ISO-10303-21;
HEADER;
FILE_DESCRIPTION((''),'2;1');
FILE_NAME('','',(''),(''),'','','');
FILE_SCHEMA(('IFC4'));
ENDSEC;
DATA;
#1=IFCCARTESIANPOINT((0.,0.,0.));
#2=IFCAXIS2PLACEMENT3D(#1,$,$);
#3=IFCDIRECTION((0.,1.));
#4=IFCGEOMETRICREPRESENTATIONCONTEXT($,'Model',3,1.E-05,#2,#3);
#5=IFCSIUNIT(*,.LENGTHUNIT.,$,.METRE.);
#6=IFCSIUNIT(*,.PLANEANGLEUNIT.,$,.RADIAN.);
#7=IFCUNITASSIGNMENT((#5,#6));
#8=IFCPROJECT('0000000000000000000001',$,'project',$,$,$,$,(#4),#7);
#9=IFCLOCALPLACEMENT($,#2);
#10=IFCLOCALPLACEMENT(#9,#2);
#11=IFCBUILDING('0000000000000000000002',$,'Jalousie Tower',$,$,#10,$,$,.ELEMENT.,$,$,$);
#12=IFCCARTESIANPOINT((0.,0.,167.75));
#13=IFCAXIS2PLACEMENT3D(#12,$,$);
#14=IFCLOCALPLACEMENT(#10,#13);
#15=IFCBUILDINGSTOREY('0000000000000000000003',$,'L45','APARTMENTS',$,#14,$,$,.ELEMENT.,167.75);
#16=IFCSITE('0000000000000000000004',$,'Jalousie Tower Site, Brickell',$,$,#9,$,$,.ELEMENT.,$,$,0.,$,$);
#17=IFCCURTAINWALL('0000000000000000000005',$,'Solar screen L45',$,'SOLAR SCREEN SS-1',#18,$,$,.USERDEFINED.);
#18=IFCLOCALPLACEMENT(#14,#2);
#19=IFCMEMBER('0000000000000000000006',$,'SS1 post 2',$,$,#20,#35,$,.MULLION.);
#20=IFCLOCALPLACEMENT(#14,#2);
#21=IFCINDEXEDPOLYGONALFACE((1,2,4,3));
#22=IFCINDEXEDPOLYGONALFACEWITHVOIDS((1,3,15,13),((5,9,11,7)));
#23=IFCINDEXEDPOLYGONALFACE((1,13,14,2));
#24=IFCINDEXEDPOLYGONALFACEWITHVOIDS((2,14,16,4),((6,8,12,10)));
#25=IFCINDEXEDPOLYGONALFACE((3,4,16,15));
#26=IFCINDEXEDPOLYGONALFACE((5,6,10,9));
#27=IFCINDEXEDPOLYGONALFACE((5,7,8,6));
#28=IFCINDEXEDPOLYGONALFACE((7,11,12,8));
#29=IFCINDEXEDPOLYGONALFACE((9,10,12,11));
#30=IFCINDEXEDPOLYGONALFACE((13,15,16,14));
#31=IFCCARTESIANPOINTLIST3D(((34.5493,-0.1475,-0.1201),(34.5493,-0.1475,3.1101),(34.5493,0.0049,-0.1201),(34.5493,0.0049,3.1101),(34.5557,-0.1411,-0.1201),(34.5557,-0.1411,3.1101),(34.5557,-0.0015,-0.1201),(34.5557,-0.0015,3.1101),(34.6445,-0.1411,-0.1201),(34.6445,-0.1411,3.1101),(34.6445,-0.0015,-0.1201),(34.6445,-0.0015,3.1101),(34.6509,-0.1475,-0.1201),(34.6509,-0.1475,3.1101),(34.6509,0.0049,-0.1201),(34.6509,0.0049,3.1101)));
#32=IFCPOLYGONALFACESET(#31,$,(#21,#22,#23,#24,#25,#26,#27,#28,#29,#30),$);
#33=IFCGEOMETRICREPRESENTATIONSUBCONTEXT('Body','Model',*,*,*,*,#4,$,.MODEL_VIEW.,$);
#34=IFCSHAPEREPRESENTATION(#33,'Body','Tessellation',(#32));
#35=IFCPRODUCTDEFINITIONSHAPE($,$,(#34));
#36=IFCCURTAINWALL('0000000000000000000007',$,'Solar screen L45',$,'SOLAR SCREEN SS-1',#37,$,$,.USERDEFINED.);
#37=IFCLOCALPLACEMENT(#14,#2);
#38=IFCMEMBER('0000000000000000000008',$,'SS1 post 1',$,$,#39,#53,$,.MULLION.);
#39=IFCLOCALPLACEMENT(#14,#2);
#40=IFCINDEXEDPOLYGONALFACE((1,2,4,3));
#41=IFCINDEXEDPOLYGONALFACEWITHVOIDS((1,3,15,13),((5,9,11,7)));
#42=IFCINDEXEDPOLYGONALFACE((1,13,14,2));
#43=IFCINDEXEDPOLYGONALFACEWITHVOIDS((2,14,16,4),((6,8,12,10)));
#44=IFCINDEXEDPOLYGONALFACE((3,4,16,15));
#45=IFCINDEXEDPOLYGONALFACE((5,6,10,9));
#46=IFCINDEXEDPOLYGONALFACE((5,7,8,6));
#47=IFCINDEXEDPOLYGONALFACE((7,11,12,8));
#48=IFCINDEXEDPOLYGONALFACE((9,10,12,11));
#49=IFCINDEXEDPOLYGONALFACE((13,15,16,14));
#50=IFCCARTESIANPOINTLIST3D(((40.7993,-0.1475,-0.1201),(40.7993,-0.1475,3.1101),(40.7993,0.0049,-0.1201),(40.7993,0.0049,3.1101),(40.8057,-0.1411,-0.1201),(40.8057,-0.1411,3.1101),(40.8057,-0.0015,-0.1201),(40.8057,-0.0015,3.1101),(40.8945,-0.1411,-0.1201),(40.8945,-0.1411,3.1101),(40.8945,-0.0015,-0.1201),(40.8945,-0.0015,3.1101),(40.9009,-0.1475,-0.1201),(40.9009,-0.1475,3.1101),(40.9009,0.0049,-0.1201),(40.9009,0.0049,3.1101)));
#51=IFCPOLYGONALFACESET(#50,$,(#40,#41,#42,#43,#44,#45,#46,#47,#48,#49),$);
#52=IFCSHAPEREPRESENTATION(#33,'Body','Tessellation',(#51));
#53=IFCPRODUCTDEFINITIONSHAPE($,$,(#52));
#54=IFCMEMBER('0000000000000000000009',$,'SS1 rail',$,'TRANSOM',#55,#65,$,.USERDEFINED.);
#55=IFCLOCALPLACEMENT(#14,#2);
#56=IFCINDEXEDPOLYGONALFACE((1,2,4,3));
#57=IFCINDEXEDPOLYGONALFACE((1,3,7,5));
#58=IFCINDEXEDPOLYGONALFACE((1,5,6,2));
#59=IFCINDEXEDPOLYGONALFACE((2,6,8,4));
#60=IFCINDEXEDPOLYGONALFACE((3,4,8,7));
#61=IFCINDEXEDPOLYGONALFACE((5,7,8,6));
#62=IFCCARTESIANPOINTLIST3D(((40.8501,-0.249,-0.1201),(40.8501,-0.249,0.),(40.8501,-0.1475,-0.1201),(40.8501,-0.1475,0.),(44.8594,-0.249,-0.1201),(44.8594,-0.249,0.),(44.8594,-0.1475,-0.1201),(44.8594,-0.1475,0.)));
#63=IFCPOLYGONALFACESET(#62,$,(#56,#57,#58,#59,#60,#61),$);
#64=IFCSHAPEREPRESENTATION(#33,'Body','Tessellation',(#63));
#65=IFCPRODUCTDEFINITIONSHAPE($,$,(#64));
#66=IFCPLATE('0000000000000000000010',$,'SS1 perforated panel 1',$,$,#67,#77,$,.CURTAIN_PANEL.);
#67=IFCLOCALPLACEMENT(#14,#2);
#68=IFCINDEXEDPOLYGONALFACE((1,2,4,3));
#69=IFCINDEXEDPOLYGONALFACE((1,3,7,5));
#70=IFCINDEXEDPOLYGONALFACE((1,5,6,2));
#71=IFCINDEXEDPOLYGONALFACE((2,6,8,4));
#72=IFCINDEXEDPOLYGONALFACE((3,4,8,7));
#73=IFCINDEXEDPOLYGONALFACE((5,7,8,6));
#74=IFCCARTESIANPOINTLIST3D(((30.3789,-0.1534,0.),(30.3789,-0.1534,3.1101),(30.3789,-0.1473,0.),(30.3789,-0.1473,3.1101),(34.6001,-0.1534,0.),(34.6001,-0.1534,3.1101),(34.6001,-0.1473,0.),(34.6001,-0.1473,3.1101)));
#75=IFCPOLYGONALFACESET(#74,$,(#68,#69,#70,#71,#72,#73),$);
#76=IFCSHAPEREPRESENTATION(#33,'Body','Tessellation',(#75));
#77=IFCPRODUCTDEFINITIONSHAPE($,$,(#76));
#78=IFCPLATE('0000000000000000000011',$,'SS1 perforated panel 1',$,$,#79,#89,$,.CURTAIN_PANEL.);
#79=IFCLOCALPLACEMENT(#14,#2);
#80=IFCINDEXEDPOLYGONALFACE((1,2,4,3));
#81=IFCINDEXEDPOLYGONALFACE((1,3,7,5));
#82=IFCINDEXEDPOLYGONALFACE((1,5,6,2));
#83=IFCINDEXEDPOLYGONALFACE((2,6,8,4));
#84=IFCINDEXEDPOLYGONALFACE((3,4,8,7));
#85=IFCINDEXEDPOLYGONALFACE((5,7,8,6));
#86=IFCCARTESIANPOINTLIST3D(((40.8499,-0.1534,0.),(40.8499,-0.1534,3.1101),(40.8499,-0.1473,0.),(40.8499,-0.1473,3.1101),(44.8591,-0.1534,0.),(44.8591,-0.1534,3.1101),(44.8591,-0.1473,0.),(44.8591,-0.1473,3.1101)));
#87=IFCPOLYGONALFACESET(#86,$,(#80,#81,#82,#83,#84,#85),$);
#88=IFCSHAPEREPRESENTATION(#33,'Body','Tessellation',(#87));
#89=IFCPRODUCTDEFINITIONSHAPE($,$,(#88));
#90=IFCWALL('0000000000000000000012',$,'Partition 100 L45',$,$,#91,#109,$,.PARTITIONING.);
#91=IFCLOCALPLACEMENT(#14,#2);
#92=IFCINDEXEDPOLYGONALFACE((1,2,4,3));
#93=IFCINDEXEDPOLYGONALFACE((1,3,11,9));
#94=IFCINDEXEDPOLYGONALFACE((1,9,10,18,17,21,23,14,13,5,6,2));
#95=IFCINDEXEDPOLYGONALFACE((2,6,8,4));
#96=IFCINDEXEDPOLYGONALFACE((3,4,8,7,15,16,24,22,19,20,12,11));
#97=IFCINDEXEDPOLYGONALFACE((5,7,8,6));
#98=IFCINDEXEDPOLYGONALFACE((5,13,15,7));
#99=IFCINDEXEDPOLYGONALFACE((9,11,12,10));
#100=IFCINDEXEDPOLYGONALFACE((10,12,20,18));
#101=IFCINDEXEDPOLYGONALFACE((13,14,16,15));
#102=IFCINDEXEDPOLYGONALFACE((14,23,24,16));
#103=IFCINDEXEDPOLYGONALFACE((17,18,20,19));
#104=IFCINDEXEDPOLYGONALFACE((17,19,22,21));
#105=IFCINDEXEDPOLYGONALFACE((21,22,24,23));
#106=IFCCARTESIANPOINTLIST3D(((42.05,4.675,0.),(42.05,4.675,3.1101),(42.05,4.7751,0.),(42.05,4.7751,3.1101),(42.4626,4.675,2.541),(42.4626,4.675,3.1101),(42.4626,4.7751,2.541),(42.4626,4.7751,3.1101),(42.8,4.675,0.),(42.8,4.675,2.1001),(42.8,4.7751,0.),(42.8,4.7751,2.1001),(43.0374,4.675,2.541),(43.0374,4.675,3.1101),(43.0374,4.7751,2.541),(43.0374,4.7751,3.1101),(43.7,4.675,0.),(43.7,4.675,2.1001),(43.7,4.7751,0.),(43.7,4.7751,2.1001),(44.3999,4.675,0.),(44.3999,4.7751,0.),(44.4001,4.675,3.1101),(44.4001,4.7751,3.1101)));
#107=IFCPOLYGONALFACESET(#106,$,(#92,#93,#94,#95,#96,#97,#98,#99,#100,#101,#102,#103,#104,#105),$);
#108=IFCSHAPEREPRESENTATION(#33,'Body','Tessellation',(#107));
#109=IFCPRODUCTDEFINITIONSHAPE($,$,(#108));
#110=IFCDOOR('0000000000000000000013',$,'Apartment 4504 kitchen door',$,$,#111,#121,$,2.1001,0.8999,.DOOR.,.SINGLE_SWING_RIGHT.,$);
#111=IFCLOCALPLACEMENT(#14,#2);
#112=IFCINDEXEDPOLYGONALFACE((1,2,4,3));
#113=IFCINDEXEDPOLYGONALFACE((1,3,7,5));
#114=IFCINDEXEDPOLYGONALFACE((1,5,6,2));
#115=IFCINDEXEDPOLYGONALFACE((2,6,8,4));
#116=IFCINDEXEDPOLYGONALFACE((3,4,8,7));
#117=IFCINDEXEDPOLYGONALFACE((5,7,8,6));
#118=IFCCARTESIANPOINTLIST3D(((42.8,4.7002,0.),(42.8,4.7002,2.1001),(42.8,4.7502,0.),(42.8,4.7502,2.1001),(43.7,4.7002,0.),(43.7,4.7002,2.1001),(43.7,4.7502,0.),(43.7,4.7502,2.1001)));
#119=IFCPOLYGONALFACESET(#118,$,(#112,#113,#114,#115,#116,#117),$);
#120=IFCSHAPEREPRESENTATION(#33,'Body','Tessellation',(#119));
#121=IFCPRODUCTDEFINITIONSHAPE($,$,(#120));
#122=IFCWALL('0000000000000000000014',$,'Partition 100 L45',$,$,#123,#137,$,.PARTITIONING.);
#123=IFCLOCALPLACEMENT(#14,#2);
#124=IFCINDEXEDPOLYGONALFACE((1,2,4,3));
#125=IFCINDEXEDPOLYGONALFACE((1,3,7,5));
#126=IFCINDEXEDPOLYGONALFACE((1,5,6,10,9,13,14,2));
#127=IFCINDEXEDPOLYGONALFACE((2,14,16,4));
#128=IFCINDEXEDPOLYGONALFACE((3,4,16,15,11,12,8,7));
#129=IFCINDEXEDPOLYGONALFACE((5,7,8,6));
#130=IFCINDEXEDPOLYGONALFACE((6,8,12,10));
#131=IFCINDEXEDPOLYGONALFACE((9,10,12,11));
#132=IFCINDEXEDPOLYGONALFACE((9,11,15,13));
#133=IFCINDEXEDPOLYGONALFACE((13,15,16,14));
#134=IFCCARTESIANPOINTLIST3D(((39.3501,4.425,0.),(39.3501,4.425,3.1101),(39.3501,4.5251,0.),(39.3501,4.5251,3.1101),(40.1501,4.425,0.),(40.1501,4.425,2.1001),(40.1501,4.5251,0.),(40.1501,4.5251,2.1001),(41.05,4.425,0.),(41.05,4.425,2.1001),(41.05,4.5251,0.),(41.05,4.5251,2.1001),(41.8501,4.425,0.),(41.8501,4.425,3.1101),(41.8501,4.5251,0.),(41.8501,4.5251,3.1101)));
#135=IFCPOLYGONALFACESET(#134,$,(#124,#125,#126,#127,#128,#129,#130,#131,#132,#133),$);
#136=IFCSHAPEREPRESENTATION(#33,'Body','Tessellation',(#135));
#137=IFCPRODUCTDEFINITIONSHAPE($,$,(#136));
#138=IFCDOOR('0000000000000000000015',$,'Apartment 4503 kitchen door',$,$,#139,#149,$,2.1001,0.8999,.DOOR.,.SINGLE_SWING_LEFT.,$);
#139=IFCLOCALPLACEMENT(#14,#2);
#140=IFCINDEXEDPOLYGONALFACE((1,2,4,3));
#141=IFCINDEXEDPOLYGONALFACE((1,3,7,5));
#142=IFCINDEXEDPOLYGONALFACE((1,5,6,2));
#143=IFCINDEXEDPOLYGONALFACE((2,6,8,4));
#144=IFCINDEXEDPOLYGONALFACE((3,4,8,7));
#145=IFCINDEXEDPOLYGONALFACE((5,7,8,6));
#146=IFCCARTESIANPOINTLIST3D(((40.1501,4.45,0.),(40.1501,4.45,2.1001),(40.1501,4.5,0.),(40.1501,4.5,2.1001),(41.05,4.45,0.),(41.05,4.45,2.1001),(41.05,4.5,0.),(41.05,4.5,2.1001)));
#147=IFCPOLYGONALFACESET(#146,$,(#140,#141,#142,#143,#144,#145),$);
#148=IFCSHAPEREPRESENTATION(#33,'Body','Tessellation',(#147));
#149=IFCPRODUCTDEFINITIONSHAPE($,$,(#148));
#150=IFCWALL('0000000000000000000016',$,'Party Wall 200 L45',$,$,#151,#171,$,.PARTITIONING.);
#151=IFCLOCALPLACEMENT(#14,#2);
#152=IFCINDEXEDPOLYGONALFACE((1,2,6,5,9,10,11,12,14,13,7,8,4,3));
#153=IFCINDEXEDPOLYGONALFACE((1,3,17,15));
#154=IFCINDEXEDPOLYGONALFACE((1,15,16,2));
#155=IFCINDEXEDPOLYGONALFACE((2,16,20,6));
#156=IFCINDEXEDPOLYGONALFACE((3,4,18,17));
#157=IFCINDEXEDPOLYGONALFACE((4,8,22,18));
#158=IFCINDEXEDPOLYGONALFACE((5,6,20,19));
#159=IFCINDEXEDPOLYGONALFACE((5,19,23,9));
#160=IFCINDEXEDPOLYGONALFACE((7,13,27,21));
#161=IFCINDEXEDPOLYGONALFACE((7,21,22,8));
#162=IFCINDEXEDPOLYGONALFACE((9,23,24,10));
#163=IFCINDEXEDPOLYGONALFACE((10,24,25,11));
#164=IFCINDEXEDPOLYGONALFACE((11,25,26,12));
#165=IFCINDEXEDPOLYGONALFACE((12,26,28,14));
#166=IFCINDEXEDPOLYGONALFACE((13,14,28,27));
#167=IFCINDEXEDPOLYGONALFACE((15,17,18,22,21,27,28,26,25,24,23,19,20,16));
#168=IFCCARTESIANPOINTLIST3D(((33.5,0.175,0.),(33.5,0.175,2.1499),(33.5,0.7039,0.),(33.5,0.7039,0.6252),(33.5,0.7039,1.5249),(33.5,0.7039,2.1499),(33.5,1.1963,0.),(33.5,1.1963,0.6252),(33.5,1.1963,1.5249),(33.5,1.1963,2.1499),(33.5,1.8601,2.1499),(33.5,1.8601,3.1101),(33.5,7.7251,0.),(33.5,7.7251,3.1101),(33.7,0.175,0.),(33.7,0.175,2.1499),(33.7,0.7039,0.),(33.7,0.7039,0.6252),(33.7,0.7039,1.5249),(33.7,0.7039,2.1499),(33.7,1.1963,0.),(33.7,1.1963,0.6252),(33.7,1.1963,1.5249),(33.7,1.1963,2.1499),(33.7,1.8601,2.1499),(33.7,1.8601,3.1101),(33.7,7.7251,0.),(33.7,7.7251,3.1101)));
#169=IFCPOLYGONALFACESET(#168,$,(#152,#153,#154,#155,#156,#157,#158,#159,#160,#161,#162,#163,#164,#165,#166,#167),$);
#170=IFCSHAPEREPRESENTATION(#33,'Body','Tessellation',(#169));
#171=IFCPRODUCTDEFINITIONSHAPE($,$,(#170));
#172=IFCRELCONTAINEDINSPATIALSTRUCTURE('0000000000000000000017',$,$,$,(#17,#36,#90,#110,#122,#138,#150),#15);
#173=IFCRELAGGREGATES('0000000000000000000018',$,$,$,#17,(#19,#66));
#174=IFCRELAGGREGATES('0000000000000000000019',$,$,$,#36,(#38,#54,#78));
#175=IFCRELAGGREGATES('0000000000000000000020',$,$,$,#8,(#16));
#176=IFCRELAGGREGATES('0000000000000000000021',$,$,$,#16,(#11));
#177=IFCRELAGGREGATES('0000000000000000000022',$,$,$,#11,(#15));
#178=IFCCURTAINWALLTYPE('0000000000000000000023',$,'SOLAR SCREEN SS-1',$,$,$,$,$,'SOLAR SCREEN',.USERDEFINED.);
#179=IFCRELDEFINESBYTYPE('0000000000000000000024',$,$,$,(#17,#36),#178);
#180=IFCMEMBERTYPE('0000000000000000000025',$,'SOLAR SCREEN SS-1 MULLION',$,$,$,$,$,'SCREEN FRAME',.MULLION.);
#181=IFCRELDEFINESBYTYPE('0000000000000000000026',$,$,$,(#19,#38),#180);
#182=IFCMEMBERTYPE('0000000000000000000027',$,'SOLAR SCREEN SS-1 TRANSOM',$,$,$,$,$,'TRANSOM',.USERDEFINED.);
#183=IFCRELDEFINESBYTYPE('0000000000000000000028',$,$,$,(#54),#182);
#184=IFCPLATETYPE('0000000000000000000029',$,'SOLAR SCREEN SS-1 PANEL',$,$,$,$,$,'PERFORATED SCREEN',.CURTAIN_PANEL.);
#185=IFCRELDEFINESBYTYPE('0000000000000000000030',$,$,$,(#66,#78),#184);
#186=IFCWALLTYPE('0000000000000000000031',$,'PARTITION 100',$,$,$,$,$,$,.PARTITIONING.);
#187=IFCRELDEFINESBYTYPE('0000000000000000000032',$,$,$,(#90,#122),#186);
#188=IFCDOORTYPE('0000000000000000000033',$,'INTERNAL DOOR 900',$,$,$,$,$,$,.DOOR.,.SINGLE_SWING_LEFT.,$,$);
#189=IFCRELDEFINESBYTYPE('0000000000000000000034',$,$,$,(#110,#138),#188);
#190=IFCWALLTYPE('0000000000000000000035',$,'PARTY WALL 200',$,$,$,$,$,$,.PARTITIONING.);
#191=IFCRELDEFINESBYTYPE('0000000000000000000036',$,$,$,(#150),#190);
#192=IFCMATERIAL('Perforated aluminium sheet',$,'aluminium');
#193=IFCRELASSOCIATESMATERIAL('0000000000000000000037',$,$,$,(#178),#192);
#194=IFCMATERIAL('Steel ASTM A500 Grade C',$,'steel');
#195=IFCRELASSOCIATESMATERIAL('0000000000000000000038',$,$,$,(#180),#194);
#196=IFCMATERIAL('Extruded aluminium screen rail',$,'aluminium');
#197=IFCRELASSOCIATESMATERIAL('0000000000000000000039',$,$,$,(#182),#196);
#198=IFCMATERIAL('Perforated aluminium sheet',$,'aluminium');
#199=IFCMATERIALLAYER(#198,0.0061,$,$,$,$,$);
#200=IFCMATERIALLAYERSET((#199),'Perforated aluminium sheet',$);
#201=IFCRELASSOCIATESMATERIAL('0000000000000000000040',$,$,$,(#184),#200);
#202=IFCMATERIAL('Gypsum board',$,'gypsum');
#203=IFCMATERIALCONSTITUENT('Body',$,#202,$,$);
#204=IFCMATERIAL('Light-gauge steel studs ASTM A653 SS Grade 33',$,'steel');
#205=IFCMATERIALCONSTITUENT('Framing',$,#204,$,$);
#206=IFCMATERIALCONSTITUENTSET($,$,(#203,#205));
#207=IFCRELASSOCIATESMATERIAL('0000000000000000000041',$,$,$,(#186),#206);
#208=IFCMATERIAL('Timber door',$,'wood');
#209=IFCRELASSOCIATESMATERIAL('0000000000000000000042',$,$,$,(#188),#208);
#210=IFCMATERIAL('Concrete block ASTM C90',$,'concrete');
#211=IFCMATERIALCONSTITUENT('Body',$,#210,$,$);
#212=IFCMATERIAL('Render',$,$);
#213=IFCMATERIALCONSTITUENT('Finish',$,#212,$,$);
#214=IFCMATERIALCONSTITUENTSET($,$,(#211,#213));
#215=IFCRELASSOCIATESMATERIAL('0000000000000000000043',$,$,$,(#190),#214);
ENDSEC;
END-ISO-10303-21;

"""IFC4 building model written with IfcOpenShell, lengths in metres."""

from ifc_helpers import new_model, si_unit, direction, frame, frame_2d, origin, origin_2d, place, context, subcontext, project, spatial, polyline, rectangle, hollow_rectangle, outline, extrude, material, layer, layer_set, constituent, constituent_set, material_profile, profile_set, type_object, element, fill, aggregate, save


model = new_model("IFC4")

# Units and contexts
model_context = context("Model", 3, precision=1e-05, world=origin(), true_north=direction((0.0, 1.0)))
body_context = subcontext(model_context, "Body", "Model", "MODEL_VIEW")
ifc_project = project(units=[si_unit("LENGTHUNIT", "METRE"), si_unit("PLANEANGLEUNIT", "RADIAN")], contexts=[model_context])

# Site, building, storey
site_placement = place(None, origin())
site = spatial("IfcSite", under=ifc_project, at=site_placement, Name="Jalousie Tower Site, Brickell", CompositionType="ELEMENT", RefElevation=0.0)
building_placement = place(site_placement, origin())
building = spatial("IfcBuilding", under=site, at=building_placement, Name="Jalousie Tower", CompositionType="ELEMENT")
storey_placement = place(building_placement, frame((0.0, 0.0, 167.75)))
storey = spatial("IfcBuildingStorey", under=building, at=storey_placement, Name="L45", Description="APARTMENTS", CompositionType="ELEMENT", Elevation=167.75)

# Curtain wall, member
ifc_material_1 = material(Name="Perforated aluminium sheet", Category="aluminium")
curtain_wall_type = type_object("IfcCurtainWallType", Name="SOLAR SCREEN SS-1", ElementType="SOLAR SCREEN", PredefinedType="USERDEFINED", material=ifc_material_1)
curtain_wall_1_placement = place(storey_placement, origin())
curtain_wall_1 = element("IfcCurtainWall", 1, at=curtain_wall_1_placement, inside=storey, type_object=curtain_wall_type, Name="Solar screen L45", ObjectType="SOLAR SCREEN SS-1", PredefinedType="USERDEFINED")
ifc_material_2 = material(Name="Steel ASTM A500 Grade C", Category="steel")
ifc_material_profile_1 = material_profile(ifc_material_2, hollow_rectangle(XDim=0.1016, YDim=0.1523, WallThickness=0.0063, at=origin_2d()), Name="HSS6X4X1/4")
ifc_profile_set_1 = profile_set([ifc_material_profile_1], Name="Steel ASTM A500 Grade C")
member_type_1 = type_object("IfcMemberType", Name="SOLAR SCREEN SS-1 MULLION", ElementType="SCREEN FRAME", PredefinedType="MULLION", material=ifc_profile_set_1)
member_1_placement = place(storey_placement, frame((34.6001, -0.0713, -0.1201), z_axis=(0.0, 0.0, 1.0), x_axis=(1.0, 0.0, 0.0)))
member_1 = element("IfcMember", 2, at=member_1_placement, type_object=member_type_1, Name="SS1 post 2", PredefinedType="MULLION", context=body_context, shape_type="SweptSolid", body=[
    extrude(hollow_rectangle(XDim=0.1016, YDim=0.1523, WallThickness=0.0063, at=origin_2d()), origin(), (0.0, 0.0, 1.0), 3.2302),
])

# Curtain wall, members
curtain_wall_2_placement = place(storey_placement, origin())
curtain_wall_2 = element("IfcCurtainWall", 3, at=curtain_wall_2_placement, inside=storey, type_object=curtain_wall_type, Name="Solar screen L45", ObjectType="SOLAR SCREEN SS-1", PredefinedType="USERDEFINED")
member_2_placement = place(storey_placement, frame((40.8501, -0.0713, -0.1201), z_axis=(0.0, 0.0, 1.0), x_axis=(1.0, 0.0, 0.0)))
member_2 = element("IfcMember", 4, at=member_2_placement, type_object=member_type_1, Name="SS1 post 1", PredefinedType="MULLION", context=body_context, shape_type="SweptSolid", body=[
    extrude(hollow_rectangle(XDim=0.1016, YDim=0.1523, WallThickness=0.0063, at=origin_2d()), origin(), (0.0, 0.0, 1.0), 3.2302),
])
ifc_material_3 = material(Name="Extruded aluminium screen rail", Category="aluminium")
ifc_material_profile_2 = material_profile(ifc_material_3, rectangle(XDim=0.1016, YDim=0.1201, at=origin_2d()), Name="RAIL 102x120")
ifc_profile_set_2 = profile_set([ifc_material_profile_2], Name="Extruded aluminium screen rail")
member_type_2 = type_object("IfcMemberType", Name="SOLAR SCREEN SS-1 TRANSOM", ElementType="TRANSOM", PredefinedType="USERDEFINED", material=ifc_profile_set_2)
member_3_placement = place(storey_placement, frame((40.8501, -0.1982, -0.0601), z_axis=(1.0, 0.0, 0.0), x_axis=(0.0, 1.0, 0.0)))
member_3 = element("IfcMember", 5, at=member_3_placement, type_object=member_type_2, Name="SS1 rail", ObjectType="TRANSOM", PredefinedType="USERDEFINED", context=body_context, shape_type="SweptSolid", body=[
    extrude(rectangle(XDim=0.1016, YDim=0.1201, at=origin_2d()), origin(), (0.0, 0.0, 1.0), 4.0093),
])

# Plates
ifc_material_4 = material(Name="Perforated aluminium sheet", Category="aluminium")
ifc_layer_1 = layer(ifc_material_4, 0.0061)
ifc_layer_set_1 = layer_set([ifc_layer_1], Name="Perforated aluminium sheet")
plate_type = type_object("IfcPlateType", Name="SOLAR SCREEN SS-1 PANEL", ElementType="PERFORATED SCREEN", PredefinedType="CURTAIN_PANEL", material=ifc_layer_set_1)
plate_1_placement = place(storey_placement, frame((32.4895, -0.1504, 0.0), z_axis=(0.0, 0.0, 1.0), x_axis=(1.0, 0.0, 0.0)))
plate_1 = element("IfcPlate", 6, at=plate_1_placement, type_object=plate_type, Name="SS1 perforated panel 1", PredefinedType="CURTAIN_PANEL", context=body_context, shape_type="SweptSolid", body=[
    extrude(rectangle(XDim=4.2212, YDim=0.0061, at=origin_2d()), origin(), (0.0, 0.0, 1.0), 3.1101),
])
aggregate(curtain_wall_1, [member_1, plate_1])
plate_2_placement = place(storey_placement, frame((42.8545, -0.1504, 0.0), z_axis=(0.0, 0.0, 1.0), x_axis=(1.0, 0.0, 0.0)))
plate_2 = element("IfcPlate", 7, at=plate_2_placement, type_object=plate_type, Name="SS1 perforated panel 1", PredefinedType="CURTAIN_PANEL", context=body_context, shape_type="SweptSolid", body=[
    extrude(rectangle(XDim=4.0093, YDim=0.0061, at=origin_2d()), origin(), (0.0, 0.0, 1.0), 3.1101),
])
aggregate(curtain_wall_2, [member_2, member_3, plate_2])

# Walls, openings, doors
ifc_material_5 = material(Name="Gypsum board", Category="gypsum")
ifc_constituent_1 = constituent(ifc_material_5, Name="Body")
ifc_material_6 = material(Name="Light-gauge steel studs ASTM A653 SS Grade 33", Category="steel")
ifc_constituent_2 = constituent(ifc_material_6, Name="Framing")
ifc_constituent_set_1 = constituent_set(constituents=[ifc_constituent_1, ifc_constituent_2])
wall_type_1 = type_object("IfcWallType", Name="PARTITION 100", PredefinedType="PARTITIONING", material=ifc_constituent_set_1)
wall_1_placement = place(storey_placement, frame((42.05, 4.7251, 0.0), z_axis=(0.0, 0.0, 1.0), x_axis=(1.0, 0.0, 0.0)))
wall_1 = element("IfcWall", 8, at=wall_1_placement, inside=storey, type_object=wall_type_1, Name="Partition 100 L45", PredefinedType="PARTITIONING", context=body_context, shape_type="SweptSolid", body=[
    extrude(outline(polyline([(0.0, 0.0), (2.3499, 0.0), (2.3501, 3.1101), (0.9873, 3.1101), (0.9873, 2.541), (0.4126, 2.541), (0.4126, 3.1101), (0.0, 3.1101), (0.0, 0.0)])), frame((0.0, 0.05, 0.0), z_axis=(0.0, -1.0, 0.0), x_axis=(1.0, 0.0, 0.0)), (0.0, 0.0, 1.0), 0.1001),
])
opening_1_placement = place(wall_1_placement, frame((0.75, 0.0, 0.0)))
opening_1 = element("IfcOpeningElement", 9, at=opening_1_placement, cuts=wall_1, PredefinedType="OPENING", context=body_context, shape_type="SweptSolid", body=[
    extrude(rectangle(XDim=0.8999, YDim=2.1001, at=frame_2d((0.45, 1.05))), frame((0.0, 0.0601, 0.0), z_axis=(0.0, -1.0, 0.0), x_axis=(1.0, 0.0, 0.0)), (0.0, 0.0, 1.0), 0.1201),
])
ifc_material_7 = material(Name="Timber door", Category="wood")
door_type = type_object("IfcDoorType", Name="INTERNAL DOOR 900", OperationType="SINGLE_SWING_LEFT", PredefinedType="DOOR", material=ifc_material_7)
door_1_placement = place(opening_1_placement, frame((0.8999, 0.0, 0.0), z_axis=(0.0, 0.0, 1.0), x_axis=(-1.0, 0.0, 0.0)))
door_1 = element("IfcDoor", 10, at=door_1_placement, inside=storey, type_object=door_type, Name="Apartment 4504 kitchen door", OperationType="SINGLE_SWING_RIGHT", OverallHeight=2.1001, OverallWidth=0.8999, PredefinedType="DOOR", context=body_context, shape_type="SweptSolid", body=[
    extrude(rectangle(XDim=0.8999, YDim=2.1001, at=frame_2d((0.45, 1.05))), frame((0.0, 0.0249, 0.0), z_axis=(0.0, -1.0, 0.0), x_axis=(1.0, 0.0, 0.0)), (0.0, 0.0, 1.0), 0.05),
])
fill(opening_1, door_1)
wall_2_placement = place(storey_placement, frame((41.8501, 4.4751, 0.0), z_axis=(0.0, 0.0, 1.0), x_axis=(-1.0, 0.0, 0.0)))
wall_2 = element("IfcWall", 11, at=wall_2_placement, inside=storey, type_object=wall_type_1, Name="Partition 100 L45", PredefinedType="PARTITIONING", context=body_context, shape_type="SweptSolid", body=[
    extrude(rectangle(XDim=2.5, YDim=0.1001, at=frame_2d((1.25, 0.0))), origin(), (0.0, 0.0, 1.0), 3.1101),
])
opening_2_placement = place(wall_2_placement, frame((0.8, 0.0, 0.0)))
opening_2 = element("IfcOpeningElement", 12, at=opening_2_placement, cuts=wall_2, PredefinedType="OPENING", context=body_context, shape_type="SweptSolid", body=[
    extrude(rectangle(XDim=0.8999, YDim=2.1001, at=frame_2d((0.45, 1.05))), frame((0.0, 0.0601, 0.0), z_axis=(0.0, -1.0, 0.0), x_axis=(1.0, 0.0, 0.0)), (0.0, 0.0, 1.0), 0.1201),
])
door_2_placement = place(opening_2_placement, frame((0.8999, 0.0, 0.0), z_axis=(0.0, 0.0, 1.0), x_axis=(-1.0, 0.0, 0.0)))
door_2 = element("IfcDoor", 13, at=door_2_placement, inside=storey, type_object=door_type, Name="Apartment 4503 kitchen door", OperationType="SINGLE_SWING_LEFT", OverallHeight=2.1001, OverallWidth=0.8999, PredefinedType="DOOR", context=body_context, shape_type="SweptSolid", body=[
    extrude(rectangle(XDim=0.8999, YDim=2.1001, at=frame_2d((0.45, 1.05))), frame((0.0, 0.0249, 0.0), z_axis=(0.0, -1.0, 0.0), x_axis=(1.0, 0.0, 0.0)), (0.0, 0.0, 1.0), 0.05),
])
fill(opening_2, door_2)

# Wall
ifc_material_8 = material(Name="Concrete block ASTM C90", Category="concrete")
ifc_constituent_3 = constituent(ifc_material_8, Name="Body")
ifc_material_9 = material(Name="Render")
ifc_constituent_4 = constituent(ifc_material_9, Name="Finish")
ifc_constituent_set_2 = constituent_set(constituents=[ifc_constituent_3, ifc_constituent_4])
wall_type_2 = type_object("IfcWallType", Name="PARTY WALL 200", PredefinedType="PARTITIONING", material=ifc_constituent_set_2)
wall_3_placement = place(storey_placement, frame((33.6001, 0.175, 0.0), z_axis=(0.0, 0.0, 1.0), x_axis=(0.0, 1.0, 0.0)))
element("IfcWall", 14, at=wall_3_placement, inside=storey, type_object=wall_type_2, Name="Party Wall 200 L45", PredefinedType="PARTITIONING", context=body_context, shape_type="SweptSolid", body=[
    extrude(outline(polyline([(0.5288, 2.1499), (0.0, 2.1499), (0.0, 0.0), (0.5288, 0.0), (0.5288, 0.6252), (1.0212, 0.6252), (1.0212, 0.0), (7.55, 0.0), (7.55, 3.1101), (1.6851, 3.1101), (1.6851, 2.1499), (1.0212, 2.1499), (1.0212, 1.5249), (0.5288, 1.5249), (0.5288, 2.1499)])), frame((0.0, 0.1001, 0.0), z_axis=(0.0, -1.0, 0.0), x_axis=(1.0, 0.0, 0.0)), (0.0, 0.0, 1.0), 0.2),
])

save(model, "model.ifc")
